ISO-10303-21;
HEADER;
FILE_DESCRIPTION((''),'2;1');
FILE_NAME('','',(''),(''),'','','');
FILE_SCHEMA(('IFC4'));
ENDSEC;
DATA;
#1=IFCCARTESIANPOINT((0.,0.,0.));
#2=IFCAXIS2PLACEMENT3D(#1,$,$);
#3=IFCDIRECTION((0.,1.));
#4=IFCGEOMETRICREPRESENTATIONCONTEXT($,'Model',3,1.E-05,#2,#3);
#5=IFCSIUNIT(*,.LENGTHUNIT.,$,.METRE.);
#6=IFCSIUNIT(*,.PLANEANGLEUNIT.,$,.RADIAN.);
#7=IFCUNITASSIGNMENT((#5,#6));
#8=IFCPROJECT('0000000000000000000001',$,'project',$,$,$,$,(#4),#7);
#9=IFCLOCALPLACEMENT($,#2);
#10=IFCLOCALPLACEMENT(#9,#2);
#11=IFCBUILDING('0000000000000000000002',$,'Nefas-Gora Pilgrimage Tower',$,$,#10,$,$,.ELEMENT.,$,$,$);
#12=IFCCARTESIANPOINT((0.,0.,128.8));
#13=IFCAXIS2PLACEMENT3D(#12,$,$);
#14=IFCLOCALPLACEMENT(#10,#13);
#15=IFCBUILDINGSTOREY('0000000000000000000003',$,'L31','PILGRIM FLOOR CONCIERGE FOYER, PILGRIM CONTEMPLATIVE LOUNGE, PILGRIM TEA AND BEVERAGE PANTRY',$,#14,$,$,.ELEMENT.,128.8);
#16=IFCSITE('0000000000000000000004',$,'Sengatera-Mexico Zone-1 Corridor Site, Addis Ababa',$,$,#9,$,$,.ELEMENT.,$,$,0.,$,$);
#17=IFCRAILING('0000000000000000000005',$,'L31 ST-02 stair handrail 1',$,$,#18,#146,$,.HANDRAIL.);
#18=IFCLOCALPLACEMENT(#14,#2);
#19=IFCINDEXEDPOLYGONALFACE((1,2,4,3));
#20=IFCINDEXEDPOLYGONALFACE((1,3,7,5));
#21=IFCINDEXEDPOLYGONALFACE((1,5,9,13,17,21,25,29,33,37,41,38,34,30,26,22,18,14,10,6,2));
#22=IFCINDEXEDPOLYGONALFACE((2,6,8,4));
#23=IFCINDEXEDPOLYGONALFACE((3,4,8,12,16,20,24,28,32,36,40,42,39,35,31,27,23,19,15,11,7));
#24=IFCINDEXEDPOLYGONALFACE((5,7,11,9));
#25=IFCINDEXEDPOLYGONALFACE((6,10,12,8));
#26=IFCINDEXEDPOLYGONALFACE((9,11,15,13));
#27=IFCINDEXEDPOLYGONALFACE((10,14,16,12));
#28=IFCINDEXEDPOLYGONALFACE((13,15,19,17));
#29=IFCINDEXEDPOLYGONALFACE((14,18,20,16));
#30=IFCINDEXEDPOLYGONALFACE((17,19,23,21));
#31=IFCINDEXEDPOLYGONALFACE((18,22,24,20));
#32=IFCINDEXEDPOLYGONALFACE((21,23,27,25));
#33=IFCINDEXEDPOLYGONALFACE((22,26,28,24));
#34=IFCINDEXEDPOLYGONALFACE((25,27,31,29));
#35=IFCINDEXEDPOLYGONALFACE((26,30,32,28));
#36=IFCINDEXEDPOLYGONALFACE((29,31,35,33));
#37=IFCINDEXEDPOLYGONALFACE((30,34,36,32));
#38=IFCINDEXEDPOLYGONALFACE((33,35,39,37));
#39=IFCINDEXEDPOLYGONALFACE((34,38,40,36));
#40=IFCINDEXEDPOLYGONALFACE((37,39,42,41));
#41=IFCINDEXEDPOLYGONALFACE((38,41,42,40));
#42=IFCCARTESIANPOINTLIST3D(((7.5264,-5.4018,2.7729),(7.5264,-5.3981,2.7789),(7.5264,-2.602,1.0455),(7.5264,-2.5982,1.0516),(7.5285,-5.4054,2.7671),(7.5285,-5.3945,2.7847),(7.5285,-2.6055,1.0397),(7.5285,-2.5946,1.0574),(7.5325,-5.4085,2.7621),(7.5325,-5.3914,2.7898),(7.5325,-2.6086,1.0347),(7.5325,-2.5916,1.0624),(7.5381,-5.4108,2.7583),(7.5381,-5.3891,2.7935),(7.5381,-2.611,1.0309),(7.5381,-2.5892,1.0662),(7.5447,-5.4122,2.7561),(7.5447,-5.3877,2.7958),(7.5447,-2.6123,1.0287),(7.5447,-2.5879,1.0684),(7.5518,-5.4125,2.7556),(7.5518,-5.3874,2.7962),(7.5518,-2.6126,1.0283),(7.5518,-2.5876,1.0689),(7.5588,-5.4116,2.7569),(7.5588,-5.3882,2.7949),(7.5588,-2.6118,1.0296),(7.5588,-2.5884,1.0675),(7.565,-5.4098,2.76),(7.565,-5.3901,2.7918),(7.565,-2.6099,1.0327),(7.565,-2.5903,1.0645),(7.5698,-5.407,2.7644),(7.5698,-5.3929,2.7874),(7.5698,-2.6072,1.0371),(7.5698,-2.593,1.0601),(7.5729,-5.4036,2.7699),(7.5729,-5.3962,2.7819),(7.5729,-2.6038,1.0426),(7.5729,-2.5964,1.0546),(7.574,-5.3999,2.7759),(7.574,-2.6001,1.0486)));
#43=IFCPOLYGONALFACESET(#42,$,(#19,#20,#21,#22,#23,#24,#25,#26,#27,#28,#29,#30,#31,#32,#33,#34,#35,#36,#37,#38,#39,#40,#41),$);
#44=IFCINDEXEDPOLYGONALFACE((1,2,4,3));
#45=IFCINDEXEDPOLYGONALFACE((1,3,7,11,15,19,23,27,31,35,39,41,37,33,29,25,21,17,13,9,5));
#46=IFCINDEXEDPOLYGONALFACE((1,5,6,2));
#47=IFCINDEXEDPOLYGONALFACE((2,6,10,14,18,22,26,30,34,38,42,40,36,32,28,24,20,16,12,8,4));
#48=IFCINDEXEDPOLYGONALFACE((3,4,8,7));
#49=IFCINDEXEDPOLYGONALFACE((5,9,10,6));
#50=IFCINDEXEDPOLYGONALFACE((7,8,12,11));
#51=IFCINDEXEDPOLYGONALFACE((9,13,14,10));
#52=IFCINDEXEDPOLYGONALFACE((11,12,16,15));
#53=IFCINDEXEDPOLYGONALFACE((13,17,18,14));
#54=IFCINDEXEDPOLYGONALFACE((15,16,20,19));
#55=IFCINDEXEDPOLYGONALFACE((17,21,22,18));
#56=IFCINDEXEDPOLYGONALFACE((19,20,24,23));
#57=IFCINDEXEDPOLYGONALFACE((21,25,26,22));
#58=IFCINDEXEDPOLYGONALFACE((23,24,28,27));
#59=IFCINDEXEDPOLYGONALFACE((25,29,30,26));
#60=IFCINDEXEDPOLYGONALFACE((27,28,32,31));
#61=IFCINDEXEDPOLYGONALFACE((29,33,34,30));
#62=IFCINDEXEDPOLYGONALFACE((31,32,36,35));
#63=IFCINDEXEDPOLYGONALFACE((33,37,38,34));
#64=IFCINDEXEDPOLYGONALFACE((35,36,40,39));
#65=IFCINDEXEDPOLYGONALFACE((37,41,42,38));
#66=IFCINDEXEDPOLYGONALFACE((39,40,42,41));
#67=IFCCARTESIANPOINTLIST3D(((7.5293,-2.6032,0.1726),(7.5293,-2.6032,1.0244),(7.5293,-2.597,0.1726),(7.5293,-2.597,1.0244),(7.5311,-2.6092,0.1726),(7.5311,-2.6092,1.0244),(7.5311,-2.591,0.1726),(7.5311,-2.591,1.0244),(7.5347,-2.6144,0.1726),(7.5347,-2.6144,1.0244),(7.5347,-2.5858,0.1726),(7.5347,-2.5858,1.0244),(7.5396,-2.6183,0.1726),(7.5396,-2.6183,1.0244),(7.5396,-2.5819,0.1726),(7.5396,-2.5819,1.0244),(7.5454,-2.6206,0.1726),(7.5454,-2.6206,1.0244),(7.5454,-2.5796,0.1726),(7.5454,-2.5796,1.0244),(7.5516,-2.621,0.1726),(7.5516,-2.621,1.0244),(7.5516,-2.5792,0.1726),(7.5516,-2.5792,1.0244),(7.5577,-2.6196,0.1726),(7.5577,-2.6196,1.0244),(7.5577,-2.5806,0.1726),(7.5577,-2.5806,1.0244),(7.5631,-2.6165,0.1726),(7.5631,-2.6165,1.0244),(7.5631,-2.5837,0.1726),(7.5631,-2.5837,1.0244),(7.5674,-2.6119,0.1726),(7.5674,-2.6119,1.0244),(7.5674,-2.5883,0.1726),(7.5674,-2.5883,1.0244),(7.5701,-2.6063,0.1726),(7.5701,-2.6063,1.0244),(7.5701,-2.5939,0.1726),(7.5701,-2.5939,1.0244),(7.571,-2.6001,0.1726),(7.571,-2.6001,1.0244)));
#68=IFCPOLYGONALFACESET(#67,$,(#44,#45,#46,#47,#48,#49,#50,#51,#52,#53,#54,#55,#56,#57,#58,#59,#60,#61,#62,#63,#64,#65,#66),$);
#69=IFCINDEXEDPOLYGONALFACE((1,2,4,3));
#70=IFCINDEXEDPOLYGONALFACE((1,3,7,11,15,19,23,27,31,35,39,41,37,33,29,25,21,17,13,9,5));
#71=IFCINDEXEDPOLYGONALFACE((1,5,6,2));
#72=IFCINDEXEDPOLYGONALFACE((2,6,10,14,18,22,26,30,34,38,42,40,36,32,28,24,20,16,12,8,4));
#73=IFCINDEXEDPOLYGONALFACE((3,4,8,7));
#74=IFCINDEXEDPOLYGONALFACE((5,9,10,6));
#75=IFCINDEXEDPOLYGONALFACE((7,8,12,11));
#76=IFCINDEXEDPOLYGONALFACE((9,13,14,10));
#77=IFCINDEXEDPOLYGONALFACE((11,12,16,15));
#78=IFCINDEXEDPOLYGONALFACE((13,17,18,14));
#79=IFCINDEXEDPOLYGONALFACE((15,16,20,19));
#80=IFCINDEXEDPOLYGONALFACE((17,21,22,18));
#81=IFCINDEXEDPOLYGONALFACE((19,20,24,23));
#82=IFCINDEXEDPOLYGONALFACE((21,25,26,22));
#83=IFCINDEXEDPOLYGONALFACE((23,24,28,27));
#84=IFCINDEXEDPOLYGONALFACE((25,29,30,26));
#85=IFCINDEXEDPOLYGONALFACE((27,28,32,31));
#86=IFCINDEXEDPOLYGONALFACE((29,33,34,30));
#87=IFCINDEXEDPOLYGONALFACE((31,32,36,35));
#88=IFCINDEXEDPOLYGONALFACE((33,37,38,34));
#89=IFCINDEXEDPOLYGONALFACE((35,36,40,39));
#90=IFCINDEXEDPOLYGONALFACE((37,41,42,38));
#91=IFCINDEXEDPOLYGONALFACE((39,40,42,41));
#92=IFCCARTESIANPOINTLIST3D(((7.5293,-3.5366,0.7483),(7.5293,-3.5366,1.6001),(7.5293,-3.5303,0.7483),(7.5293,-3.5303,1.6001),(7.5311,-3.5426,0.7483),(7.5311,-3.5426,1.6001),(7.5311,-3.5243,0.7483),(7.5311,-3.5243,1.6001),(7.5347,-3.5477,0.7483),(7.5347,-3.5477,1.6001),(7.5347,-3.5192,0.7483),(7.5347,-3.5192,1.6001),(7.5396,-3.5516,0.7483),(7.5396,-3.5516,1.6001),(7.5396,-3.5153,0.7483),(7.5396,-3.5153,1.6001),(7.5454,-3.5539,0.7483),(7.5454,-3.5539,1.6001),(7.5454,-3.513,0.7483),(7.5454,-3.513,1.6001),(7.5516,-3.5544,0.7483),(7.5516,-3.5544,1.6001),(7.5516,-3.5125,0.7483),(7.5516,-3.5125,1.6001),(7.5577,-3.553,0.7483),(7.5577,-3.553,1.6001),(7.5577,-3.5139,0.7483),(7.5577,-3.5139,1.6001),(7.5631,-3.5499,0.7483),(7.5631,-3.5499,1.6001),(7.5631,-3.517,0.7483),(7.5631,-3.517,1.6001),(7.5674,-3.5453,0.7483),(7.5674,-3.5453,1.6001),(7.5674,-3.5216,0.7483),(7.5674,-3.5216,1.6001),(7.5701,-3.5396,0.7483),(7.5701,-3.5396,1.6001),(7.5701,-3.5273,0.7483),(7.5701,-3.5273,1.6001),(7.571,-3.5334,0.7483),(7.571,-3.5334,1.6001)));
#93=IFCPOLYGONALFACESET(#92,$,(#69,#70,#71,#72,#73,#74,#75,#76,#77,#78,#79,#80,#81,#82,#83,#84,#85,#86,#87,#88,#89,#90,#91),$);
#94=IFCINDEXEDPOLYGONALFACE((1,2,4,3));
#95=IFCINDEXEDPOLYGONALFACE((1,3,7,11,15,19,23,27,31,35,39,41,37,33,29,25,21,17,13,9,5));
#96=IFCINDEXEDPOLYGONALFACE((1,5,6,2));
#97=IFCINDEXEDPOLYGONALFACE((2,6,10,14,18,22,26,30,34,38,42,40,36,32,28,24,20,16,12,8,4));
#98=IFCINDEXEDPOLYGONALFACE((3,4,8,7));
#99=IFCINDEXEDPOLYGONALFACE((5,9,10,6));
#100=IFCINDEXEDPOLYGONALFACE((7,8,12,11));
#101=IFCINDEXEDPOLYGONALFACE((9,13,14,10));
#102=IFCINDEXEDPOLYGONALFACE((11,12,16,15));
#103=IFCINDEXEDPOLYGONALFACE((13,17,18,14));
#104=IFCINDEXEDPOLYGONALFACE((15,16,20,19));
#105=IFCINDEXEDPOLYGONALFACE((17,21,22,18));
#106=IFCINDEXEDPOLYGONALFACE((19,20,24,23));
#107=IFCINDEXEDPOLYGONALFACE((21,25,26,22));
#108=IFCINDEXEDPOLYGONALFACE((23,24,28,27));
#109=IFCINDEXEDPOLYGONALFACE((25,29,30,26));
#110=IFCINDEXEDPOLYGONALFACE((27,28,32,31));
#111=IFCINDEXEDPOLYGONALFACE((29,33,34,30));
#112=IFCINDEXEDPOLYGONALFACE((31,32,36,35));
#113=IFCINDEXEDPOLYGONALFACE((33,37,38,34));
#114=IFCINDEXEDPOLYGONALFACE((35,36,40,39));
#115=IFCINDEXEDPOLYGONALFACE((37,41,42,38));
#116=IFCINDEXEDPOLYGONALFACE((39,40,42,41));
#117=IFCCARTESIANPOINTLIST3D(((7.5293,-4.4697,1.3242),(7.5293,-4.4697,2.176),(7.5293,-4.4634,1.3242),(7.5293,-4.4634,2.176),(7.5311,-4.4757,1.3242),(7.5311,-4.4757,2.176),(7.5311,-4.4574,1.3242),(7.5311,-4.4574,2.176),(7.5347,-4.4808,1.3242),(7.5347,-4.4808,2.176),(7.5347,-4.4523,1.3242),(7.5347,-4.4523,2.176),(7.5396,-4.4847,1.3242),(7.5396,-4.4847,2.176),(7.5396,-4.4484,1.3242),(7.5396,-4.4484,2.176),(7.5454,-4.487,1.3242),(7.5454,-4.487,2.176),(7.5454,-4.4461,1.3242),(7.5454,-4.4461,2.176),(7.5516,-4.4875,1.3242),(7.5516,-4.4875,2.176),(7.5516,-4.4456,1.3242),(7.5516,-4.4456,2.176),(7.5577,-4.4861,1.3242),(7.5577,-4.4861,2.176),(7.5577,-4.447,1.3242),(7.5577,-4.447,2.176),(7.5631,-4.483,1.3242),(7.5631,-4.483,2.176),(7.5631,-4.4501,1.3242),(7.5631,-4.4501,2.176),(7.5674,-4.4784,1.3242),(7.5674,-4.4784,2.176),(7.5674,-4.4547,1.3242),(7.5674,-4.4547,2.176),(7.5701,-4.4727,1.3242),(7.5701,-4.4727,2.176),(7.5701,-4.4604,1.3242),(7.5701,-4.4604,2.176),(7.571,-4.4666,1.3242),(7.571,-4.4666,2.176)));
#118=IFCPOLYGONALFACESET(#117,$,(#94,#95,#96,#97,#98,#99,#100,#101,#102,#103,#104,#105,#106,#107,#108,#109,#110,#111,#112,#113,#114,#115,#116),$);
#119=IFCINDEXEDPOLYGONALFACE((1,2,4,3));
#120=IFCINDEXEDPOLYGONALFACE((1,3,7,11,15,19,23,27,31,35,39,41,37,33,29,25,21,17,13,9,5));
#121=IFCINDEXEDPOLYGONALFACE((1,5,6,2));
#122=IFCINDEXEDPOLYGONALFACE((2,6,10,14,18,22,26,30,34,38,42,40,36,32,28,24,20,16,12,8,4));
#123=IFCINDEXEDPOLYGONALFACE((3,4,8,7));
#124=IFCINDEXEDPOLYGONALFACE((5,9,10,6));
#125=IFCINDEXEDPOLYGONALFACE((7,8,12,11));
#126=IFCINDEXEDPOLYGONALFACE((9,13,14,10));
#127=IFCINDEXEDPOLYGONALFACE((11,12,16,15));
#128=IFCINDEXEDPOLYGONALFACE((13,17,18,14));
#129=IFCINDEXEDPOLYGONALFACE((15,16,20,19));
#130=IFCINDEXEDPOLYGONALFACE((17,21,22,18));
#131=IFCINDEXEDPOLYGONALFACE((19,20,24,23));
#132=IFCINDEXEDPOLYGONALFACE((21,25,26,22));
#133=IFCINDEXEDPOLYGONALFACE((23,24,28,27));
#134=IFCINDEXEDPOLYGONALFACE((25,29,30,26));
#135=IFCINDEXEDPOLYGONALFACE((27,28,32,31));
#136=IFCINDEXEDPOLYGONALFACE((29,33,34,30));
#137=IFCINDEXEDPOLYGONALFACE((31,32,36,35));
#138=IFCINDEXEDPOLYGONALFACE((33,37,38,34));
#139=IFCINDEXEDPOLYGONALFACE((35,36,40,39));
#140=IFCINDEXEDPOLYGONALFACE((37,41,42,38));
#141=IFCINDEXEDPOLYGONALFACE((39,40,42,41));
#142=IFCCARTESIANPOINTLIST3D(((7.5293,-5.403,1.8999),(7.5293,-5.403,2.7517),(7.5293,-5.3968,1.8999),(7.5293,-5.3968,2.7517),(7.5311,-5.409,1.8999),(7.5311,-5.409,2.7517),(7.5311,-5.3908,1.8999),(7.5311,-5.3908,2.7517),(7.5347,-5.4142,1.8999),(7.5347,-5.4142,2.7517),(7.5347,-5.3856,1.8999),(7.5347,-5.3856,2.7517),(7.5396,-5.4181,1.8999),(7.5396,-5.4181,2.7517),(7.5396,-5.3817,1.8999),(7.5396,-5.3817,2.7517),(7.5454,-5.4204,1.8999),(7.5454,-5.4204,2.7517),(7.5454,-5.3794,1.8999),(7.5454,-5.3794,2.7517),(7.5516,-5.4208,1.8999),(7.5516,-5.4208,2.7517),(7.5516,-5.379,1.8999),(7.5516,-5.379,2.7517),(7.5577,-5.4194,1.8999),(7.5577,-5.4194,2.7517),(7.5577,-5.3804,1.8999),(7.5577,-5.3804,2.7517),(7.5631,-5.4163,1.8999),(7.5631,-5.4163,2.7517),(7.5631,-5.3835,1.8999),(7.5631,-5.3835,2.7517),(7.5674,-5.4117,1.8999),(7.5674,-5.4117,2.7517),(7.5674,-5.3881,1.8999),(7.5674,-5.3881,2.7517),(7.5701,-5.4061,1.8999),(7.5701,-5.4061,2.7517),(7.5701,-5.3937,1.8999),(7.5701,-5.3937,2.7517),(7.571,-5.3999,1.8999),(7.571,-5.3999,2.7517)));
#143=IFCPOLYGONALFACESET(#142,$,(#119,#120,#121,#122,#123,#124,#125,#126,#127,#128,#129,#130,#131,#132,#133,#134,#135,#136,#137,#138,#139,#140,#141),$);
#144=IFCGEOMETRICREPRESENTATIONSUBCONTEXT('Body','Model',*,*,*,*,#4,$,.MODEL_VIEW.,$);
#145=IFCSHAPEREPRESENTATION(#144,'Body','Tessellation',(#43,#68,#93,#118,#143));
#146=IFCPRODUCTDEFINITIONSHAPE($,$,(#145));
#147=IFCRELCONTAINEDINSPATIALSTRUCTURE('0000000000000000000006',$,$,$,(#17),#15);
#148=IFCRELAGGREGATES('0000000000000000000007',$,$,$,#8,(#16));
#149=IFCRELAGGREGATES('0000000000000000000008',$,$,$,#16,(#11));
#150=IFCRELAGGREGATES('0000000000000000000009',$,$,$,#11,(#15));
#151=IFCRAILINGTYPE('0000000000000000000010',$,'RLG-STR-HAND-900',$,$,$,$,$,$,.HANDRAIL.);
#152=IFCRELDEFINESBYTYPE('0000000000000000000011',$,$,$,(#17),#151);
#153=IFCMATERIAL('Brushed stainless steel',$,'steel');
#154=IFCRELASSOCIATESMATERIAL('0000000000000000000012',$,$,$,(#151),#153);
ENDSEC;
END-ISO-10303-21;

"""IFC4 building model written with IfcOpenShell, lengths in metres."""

from ifc_helpers import new_model, si_unit, direction, frame, origin, origin_2d, place, context, subcontext, project, spatial, circle, extrude, material, type_object, element, save


model = new_model("IFC4")

# Units and contexts
model_context = context("Model", 3, precision=1e-05, world=origin(), true_north=direction((0.0, 1.0)))
body_context = subcontext(model_context, "Body", "Model", "MODEL_VIEW")
ifc_project = project(units=[si_unit("LENGTHUNIT", "METRE"), si_unit("PLANEANGLEUNIT", "RADIAN")], contexts=[model_context])

# Site, building, storey
site_placement = place(None, origin())
site = spatial("IfcSite", under=ifc_project, at=site_placement, Name="Sengatera-Mexico Zone-1 Corridor Site, Addis Ababa", CompositionType="ELEMENT", RefElevation=0.0)
building_placement = place(site_placement, origin())
building = spatial("IfcBuilding", under=site, at=building_placement, Name="Nefas-Gora Pilgrimage Tower", CompositionType="ELEMENT")
storey_placement = place(building_placement, frame((0.0, 0.0, 128.8)))
storey = spatial("IfcBuildingStorey", under=building, at=storey_placement, Name="L31", Description="PILGRIM FLOOR CONCIERGE FOYER, PILGRIM CONTEMPLATIVE LOUNGE, PILGRIM TEA AND BEVERAGE PANTRY", CompositionType="ELEMENT", Elevation=128.8)

# Railing
ifc_material_1 = material(Name="Brushed stainless steel", Category="steel")
railing_type_1 = type_object("IfcRailingType", Name="RLG-STR-HAND-900", PredefinedType="HANDRAIL", material=ifc_material_1)
railing_1_placement = place(storey_placement, frame((7.55, -2.6001, 0.1726)))
element("IfcRailing", 1, at=railing_1_placement, inside=storey, type_object=railing_type_1, Name="L31 ST-02 stair handrail 1", PredefinedType="HANDRAIL", context=body_context, shape_type="SweptSolid", body=[
    extrude(circle(Radius=0.0239, at=origin_2d()), frame((0.0, 0.0, 0.876), z_axis=(0.0, -0.851069, 0.525054), x_axis=(1.0, 0.0, 0.0)), (0.0, 0.0, 1.0), 3.2898),
    extrude(circle(Radius=0.021, at=origin_2d()), origin(), (0.0, 0.0, 1.0), 0.8518),
    extrude(circle(Radius=0.021, at=origin_2d()), frame((0.0, -0.9333, 0.5757)), (0.0, 0.0, 1.0), 0.8518),
    extrude(circle(Radius=0.021, at=origin_2d()), frame((0.0, -1.8665, 1.1516)), (0.0, 0.0, 1.0), 0.8518),
    extrude(circle(Radius=0.021, at=origin_2d()), frame((0.0, -2.7998, 1.7273)), (0.0, 0.0, 1.0), 0.8518),
])

save(model, "model.ifc")
